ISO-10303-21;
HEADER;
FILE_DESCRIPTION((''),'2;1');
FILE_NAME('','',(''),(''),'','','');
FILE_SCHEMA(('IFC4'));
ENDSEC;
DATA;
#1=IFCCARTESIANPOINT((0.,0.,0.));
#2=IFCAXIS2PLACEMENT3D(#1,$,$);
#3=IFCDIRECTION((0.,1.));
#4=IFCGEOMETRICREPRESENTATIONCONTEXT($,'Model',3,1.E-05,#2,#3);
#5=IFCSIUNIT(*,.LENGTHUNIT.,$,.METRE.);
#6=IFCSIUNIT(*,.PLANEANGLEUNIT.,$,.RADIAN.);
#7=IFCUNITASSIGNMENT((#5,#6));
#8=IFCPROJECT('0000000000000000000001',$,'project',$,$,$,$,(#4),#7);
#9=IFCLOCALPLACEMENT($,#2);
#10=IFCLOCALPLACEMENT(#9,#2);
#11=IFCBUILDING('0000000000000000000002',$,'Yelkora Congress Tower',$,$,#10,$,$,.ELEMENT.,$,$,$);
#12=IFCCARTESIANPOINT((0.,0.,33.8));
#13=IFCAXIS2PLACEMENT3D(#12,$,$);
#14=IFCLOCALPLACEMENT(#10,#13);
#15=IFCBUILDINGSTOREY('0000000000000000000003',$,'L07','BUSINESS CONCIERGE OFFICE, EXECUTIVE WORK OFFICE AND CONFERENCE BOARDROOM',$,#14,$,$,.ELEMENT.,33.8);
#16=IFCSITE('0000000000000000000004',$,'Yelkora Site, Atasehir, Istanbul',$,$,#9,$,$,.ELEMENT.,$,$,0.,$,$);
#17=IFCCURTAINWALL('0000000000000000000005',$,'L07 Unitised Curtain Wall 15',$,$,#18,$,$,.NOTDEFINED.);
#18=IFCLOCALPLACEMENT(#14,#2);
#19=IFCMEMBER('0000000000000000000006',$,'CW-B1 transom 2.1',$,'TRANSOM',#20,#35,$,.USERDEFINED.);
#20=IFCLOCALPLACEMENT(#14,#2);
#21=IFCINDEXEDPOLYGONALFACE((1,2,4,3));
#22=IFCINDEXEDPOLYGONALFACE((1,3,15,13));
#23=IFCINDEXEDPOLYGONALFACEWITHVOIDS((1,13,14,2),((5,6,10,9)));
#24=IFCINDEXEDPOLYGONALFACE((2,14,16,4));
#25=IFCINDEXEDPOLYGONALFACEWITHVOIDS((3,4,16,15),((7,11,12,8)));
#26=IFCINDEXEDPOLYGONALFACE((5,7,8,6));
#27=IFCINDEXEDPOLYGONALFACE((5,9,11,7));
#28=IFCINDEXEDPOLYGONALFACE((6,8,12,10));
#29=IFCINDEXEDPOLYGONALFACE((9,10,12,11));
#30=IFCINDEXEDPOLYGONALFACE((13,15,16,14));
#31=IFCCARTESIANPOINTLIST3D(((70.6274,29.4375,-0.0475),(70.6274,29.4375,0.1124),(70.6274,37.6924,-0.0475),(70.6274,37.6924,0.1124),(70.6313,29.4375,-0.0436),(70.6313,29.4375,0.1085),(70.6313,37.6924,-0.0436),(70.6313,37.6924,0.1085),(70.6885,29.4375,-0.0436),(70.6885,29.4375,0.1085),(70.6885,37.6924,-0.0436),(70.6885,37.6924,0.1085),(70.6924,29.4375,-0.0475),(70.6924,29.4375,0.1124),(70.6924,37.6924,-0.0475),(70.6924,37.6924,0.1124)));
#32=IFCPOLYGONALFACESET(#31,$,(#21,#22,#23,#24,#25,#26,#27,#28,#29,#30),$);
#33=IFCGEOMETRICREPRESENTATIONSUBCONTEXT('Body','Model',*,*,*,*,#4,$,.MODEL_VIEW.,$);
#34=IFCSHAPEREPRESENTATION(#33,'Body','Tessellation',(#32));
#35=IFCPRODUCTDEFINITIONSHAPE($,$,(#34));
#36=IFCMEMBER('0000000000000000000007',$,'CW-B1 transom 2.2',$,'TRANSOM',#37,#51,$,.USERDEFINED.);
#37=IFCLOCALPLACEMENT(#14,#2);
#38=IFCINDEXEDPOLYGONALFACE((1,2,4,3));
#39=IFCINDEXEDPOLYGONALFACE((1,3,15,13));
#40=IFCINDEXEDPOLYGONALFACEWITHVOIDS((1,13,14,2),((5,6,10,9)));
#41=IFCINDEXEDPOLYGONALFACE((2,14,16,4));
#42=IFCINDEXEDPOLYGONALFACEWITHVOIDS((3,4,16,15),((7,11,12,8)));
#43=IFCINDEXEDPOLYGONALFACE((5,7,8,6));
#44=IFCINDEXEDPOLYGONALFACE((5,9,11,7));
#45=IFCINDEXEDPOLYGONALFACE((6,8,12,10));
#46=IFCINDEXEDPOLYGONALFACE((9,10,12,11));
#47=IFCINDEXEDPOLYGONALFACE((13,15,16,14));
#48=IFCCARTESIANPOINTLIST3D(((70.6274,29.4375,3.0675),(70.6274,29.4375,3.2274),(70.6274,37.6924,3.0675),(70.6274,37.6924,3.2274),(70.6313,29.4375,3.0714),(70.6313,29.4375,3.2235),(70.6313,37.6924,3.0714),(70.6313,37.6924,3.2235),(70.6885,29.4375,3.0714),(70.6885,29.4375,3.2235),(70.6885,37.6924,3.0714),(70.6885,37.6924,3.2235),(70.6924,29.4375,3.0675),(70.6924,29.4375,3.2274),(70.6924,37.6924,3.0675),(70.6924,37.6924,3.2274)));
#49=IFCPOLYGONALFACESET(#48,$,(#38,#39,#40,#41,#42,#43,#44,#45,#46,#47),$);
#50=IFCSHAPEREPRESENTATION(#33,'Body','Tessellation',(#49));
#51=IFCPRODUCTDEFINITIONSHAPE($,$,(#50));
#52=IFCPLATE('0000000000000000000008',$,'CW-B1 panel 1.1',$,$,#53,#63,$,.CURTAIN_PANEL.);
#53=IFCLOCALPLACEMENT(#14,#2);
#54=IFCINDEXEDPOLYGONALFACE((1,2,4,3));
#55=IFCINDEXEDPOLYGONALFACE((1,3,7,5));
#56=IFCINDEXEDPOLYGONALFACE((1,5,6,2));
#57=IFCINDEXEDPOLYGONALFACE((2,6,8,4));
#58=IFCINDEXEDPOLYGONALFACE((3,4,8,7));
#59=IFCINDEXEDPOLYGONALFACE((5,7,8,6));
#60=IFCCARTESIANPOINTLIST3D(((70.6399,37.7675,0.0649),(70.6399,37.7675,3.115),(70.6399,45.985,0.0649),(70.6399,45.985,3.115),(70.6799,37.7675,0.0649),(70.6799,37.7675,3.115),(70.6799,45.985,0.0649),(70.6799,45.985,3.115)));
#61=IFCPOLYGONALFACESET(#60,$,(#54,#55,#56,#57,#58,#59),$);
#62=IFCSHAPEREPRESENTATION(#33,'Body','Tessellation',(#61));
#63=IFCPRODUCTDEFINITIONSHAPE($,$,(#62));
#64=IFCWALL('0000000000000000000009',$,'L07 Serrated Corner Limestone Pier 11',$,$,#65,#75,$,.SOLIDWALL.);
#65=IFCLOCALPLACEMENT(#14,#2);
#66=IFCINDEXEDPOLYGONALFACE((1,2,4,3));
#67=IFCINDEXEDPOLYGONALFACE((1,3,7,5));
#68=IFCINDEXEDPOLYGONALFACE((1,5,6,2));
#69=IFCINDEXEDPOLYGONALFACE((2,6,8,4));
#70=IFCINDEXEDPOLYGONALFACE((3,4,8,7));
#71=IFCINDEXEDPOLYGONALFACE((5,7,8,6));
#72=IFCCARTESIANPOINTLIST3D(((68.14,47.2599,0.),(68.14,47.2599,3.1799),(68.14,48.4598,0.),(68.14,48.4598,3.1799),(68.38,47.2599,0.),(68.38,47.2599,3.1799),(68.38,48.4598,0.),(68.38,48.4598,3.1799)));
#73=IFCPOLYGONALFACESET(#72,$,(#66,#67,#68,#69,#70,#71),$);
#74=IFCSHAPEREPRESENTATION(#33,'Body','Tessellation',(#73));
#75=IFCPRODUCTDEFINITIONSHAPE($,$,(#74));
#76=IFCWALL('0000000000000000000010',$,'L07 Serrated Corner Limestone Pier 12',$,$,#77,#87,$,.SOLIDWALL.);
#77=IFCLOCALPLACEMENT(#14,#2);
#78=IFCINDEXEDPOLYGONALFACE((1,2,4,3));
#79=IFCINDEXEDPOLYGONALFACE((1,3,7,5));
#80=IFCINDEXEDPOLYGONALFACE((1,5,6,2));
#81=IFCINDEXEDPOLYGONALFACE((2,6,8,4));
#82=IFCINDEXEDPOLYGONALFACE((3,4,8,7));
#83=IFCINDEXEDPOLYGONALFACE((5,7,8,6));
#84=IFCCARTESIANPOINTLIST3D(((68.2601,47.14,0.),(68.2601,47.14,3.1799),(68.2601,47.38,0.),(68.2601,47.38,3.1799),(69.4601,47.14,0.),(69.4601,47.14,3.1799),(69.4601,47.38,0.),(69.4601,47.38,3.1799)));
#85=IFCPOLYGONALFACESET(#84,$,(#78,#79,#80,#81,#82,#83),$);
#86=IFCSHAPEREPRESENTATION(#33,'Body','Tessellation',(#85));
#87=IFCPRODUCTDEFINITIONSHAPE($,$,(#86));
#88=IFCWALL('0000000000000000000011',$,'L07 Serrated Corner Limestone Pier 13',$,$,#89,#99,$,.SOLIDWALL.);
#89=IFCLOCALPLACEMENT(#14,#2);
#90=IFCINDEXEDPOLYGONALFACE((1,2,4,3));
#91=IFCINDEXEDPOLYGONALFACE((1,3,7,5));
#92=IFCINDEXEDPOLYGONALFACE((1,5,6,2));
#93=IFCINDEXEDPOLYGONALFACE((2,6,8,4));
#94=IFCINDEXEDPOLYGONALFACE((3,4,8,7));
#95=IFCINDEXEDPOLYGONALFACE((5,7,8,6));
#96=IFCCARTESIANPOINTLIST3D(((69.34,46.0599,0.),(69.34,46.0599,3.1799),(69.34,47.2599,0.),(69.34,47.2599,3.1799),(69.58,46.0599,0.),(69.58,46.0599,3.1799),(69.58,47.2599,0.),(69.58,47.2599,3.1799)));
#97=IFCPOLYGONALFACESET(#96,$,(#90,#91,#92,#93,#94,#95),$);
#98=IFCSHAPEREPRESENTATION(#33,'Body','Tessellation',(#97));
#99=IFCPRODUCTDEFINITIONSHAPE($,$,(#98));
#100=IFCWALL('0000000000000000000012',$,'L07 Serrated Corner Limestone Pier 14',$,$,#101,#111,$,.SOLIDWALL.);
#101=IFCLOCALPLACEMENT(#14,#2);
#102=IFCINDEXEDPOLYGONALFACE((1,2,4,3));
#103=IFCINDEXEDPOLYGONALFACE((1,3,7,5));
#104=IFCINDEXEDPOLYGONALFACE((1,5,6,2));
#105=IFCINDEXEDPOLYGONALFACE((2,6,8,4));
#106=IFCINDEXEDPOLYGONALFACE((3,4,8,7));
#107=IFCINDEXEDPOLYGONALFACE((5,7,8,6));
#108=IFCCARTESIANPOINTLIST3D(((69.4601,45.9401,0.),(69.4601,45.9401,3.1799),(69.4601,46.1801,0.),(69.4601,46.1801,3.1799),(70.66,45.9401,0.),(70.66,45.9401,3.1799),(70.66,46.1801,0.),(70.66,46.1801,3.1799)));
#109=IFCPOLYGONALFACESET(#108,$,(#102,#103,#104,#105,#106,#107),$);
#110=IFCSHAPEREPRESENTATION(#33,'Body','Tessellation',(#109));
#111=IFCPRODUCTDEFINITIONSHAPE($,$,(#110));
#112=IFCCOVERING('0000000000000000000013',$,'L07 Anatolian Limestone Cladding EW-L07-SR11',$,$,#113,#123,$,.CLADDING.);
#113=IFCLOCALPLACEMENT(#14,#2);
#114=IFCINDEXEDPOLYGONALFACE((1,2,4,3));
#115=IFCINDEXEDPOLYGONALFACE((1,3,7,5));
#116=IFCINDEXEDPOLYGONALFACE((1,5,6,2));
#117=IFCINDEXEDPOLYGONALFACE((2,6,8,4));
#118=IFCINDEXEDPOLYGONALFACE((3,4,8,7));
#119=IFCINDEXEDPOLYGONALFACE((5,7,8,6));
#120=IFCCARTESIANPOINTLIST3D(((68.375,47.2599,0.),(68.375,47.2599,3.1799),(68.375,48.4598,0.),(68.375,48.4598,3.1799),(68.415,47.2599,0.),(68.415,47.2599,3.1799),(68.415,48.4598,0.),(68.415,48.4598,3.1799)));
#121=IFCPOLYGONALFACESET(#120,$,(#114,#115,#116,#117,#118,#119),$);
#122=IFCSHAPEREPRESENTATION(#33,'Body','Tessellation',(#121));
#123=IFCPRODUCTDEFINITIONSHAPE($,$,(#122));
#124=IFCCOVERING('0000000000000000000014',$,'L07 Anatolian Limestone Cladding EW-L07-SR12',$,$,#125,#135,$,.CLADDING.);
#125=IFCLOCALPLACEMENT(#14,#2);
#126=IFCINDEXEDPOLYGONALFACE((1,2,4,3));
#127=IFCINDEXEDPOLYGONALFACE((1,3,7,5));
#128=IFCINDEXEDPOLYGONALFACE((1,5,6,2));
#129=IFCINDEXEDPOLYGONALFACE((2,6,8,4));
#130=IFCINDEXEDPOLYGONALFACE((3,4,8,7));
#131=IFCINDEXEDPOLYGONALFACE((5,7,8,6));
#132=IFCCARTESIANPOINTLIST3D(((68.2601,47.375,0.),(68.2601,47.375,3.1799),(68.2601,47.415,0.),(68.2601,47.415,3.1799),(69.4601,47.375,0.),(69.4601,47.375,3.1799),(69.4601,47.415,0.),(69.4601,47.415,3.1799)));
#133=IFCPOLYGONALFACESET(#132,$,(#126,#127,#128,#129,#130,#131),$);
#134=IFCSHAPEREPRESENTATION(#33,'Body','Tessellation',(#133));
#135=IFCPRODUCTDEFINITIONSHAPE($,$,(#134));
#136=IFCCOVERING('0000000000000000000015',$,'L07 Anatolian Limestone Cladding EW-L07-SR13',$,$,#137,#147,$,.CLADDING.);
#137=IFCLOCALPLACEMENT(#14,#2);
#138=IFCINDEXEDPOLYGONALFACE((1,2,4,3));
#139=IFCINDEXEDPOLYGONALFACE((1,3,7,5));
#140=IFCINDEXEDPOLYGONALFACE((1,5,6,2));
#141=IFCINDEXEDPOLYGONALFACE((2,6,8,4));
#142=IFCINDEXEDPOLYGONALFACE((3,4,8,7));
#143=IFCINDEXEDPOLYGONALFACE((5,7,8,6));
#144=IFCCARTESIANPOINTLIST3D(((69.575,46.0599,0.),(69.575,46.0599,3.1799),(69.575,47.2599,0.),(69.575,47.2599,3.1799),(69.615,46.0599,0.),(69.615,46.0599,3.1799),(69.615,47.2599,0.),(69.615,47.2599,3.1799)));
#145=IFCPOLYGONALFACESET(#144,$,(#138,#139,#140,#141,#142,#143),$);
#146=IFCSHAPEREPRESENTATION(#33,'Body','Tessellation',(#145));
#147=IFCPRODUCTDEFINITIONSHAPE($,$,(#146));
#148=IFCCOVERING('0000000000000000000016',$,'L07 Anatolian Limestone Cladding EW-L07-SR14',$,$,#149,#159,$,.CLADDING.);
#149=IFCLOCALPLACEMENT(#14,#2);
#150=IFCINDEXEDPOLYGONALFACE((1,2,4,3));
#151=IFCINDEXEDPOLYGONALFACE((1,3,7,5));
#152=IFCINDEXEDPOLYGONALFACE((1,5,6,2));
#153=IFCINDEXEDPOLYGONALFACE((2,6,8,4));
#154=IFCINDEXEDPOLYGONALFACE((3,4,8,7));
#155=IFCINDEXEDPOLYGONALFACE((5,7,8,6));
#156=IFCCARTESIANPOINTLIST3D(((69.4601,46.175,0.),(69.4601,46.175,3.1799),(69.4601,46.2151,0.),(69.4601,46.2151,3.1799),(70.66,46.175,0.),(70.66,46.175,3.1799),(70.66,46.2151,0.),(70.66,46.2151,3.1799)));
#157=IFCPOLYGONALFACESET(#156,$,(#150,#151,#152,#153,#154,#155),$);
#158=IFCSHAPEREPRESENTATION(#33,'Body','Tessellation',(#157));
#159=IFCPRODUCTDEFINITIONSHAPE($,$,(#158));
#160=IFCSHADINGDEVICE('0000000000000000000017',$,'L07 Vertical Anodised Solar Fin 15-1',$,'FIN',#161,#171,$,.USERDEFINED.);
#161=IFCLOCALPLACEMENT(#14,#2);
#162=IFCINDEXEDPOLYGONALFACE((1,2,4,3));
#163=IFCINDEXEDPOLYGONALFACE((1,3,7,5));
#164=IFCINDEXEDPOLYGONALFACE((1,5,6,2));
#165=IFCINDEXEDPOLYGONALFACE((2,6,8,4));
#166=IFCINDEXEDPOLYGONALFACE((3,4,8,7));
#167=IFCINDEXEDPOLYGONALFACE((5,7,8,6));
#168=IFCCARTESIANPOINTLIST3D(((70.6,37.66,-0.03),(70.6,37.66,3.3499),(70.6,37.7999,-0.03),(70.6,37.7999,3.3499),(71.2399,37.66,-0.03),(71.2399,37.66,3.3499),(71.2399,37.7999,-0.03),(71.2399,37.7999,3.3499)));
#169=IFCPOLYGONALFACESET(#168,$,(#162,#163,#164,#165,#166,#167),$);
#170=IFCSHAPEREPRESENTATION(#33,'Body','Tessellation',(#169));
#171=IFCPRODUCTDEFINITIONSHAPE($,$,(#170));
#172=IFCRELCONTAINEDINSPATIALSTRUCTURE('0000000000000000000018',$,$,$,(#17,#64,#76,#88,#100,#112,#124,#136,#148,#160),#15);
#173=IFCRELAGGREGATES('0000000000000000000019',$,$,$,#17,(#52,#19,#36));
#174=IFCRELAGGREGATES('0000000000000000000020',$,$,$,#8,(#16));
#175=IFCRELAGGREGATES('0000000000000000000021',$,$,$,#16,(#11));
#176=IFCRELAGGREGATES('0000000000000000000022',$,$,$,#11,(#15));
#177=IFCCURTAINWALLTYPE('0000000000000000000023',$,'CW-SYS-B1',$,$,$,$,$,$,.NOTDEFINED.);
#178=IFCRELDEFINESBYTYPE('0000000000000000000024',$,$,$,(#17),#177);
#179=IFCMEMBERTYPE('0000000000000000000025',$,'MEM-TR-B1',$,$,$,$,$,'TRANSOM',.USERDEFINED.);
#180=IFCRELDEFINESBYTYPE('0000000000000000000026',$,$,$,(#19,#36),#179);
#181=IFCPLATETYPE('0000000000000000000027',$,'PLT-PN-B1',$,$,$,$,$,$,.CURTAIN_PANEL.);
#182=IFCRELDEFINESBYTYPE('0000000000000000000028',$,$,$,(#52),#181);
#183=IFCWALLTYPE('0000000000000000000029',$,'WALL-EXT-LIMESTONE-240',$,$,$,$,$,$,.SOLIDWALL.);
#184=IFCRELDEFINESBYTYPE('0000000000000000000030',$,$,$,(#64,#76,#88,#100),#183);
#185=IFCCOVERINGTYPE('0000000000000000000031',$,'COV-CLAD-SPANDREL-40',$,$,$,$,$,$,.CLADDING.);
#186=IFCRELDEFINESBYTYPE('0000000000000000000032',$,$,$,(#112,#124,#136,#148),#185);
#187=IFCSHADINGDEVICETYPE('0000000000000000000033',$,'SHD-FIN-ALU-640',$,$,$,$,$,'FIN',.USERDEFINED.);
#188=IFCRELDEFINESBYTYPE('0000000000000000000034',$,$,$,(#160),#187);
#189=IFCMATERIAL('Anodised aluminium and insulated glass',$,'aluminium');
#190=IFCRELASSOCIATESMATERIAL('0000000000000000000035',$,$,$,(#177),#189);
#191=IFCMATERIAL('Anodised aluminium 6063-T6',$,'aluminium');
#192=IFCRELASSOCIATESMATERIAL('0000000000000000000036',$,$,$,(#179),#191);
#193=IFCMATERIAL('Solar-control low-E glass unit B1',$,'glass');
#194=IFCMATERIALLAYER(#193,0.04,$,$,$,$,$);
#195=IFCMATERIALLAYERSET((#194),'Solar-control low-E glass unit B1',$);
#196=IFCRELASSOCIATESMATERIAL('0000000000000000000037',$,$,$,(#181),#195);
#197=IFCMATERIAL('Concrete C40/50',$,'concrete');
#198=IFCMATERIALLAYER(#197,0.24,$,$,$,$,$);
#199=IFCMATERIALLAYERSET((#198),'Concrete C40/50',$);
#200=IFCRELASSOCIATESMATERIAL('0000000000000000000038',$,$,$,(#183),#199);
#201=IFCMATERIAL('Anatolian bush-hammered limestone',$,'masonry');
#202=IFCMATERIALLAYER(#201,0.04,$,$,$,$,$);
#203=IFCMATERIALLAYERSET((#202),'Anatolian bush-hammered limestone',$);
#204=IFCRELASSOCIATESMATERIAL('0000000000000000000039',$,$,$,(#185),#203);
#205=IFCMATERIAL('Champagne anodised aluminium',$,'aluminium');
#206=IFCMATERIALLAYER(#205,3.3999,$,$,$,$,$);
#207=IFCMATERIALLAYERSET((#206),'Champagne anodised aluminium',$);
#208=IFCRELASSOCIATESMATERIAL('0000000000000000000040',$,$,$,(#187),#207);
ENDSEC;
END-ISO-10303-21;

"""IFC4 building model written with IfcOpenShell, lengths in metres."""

from ifc_helpers import new_model, si_unit, direction, frame, frame_2d, origin, origin_2d, place, context, subcontext, project, spatial, rectangle, hollow_rectangle, extrude, material, layer, layer_set, material_profile, profile_set, type_object, element, aggregate, save


model = new_model("IFC4")

# Units and contexts
model_context = context("Model", 3, precision=1e-05, world=origin(), true_north=direction((0.0, 1.0)))
body_context = subcontext(model_context, "Body", "Model", "MODEL_VIEW")
ifc_project = project(units=[si_unit("LENGTHUNIT", "METRE"), si_unit("PLANEANGLEUNIT", "RADIAN")], contexts=[model_context])

# Site, building, storey
site_placement = place(None, origin())
site = spatial("IfcSite", under=ifc_project, at=site_placement, Name="Yelkora Site, Atasehir, Istanbul", CompositionType="ELEMENT", RefElevation=0.0)
building_placement = place(site_placement, origin())
building = spatial("IfcBuilding", under=site, at=building_placement, Name="Yelkora Congress Tower", CompositionType="ELEMENT")
storey_placement = place(building_placement, frame((0.0, 0.0, 33.8)))
storey = spatial("IfcBuildingStorey", under=building, at=storey_placement, Name="L07", Description="BUSINESS CONCIERGE OFFICE, EXECUTIVE WORK OFFICE AND CONFERENCE BOARDROOM", CompositionType="ELEMENT", Elevation=33.8)

# Shared definitions
ifc_material_1 = material(Name="Anodised aluminium and insulated glass", Category="aluminium")
curtain_wall_type = type_object("IfcCurtainWallType", Name="CW-SYS-B1", PredefinedType="NOTDEFINED", material=ifc_material_1)
ifc_material_2 = material(Name="Anodised aluminium 6063-T6", Category="aluminium")

# Curtain wall, members, plate
curtain_wall_1_placement = place(storey_placement, origin())
curtain_wall_1 = element("IfcCurtainWall", 1, at=curtain_wall_1_placement, inside=storey, type_object=curtain_wall_type, Name="L07 Unitised Curtain Wall 15", PredefinedType="NOTDEFINED")
ifc_material_profile_1 = material_profile(ifc_material_2, hollow_rectangle(XDim=0.0649, YDim=0.1599, WallThickness=0.0039, at=origin_2d()), Name="ALU 65x160x4")
ifc_profile_set_1 = profile_set([ifc_material_profile_1], Name="Anodised aluminium 6063-T6")
member_type_1 = type_object("IfcMemberType", Name="MEM-TR-B1", ElementType="TRANSOM", PredefinedType="USERDEFINED", material=ifc_profile_set_1)
member_1_placement = place(storey_placement, frame((70.6599, 37.6924, 0.0325), z_axis=(0.0, -1.0, 0.0), x_axis=(1.0, 0.0, 0.0)))
member_1 = element("IfcMember", 2, at=member_1_placement, type_object=member_type_1, Name="CW-B1 transom 2.1", ObjectType="TRANSOM", PredefinedType="USERDEFINED", context=body_context, shape_type="SweptSolid", body=[
    extrude(hollow_rectangle(XDim=0.0649, YDim=0.1599, WallThickness=0.0039, at=origin_2d()), origin(), (0.0, 0.0, 1.0), 8.2549),
])
member_2_placement = place(storey_placement, frame((70.6599, 37.6924, 3.1475), z_axis=(0.0, -1.0, 0.0), x_axis=(1.0, 0.0, 0.0)))
member_2 = element("IfcMember", 3, at=member_2_placement, type_object=member_type_1, Name="CW-B1 transom 2.2", ObjectType="TRANSOM", PredefinedType="USERDEFINED", context=body_context, shape_type="SweptSolid", body=[
    extrude(hollow_rectangle(XDim=0.0649, YDim=0.1599, WallThickness=0.0039, at=origin_2d()), origin(), (0.0, 0.0, 1.0), 8.2549),
])
ifc_material_3 = material(Name="Solar-control low-E glass unit B1", Category="glass")
ifc_layer_1 = layer(ifc_material_3, 0.04)
ifc_layer_set_1 = layer_set([ifc_layer_1], Name="Solar-control low-E glass unit B1")
plate_type = type_object("IfcPlateType", Name="PLT-PN-B1", PredefinedType="CURTAIN_PANEL", material=ifc_layer_set_1)
plate_placement = place(storey_placement, frame((70.6599, 41.8762, 0.0649), z_axis=(0.0, 0.0, 1.0), x_axis=(0.0, -1.0, 0.0)))
plate = element("IfcPlate", 4, at=plate_placement, type_object=plate_type, Name="CW-B1 panel 1.1", PredefinedType="CURTAIN_PANEL", context=body_context, shape_type="SweptSolid", body=[
    extrude(rectangle(XDim=8.2175, YDim=0.04, at=origin_2d()), origin(), (0.0, 0.0, 1.0), 3.05),
])
aggregate(curtain_wall_1, [plate, member_1, member_2])

# Walls
ifc_material_4 = material(Name="Concrete C40/50", Category="concrete")
ifc_layer_2 = layer(ifc_material_4, 0.24)
ifc_layer_set_2 = layer_set([ifc_layer_2], Name="Concrete C40/50")
wall_type = type_object("IfcWallType", Name="WALL-EXT-LIMESTONE-240", PredefinedType="SOLIDWALL", material=ifc_layer_set_2)
for number, where, z_axis, x_axis, name in (
    (5, (68.26, 48.46, 0.0), (0.0, 0.0, 1.0), (0.0, -1.0, 0.0), "L07 Serrated Corner Limestone Pier 11"),
    (6, (68.26, 47.26, 0.0), (0.0, 0.0, 1.0), (1.0, 0.0, 0.0), "L07 Serrated Corner Limestone Pier 12"),
    (7, (69.46, 47.26, 0.0), (0.0, 0.0, 1.0), (0.0, -1.0, 0.0), "L07 Serrated Corner Limestone Pier 13"),
    (8, (69.46, 46.0601, 0.0), (0.0, 0.0, 1.0), (1.0, 0.0, 0.0), "L07 Serrated Corner Limestone Pier 14"),
):
    element("IfcWall", number, at=place(storey_placement, frame(where, z_axis=z_axis, x_axis=x_axis)), inside=storey, type_object=wall_type, Name=name, PredefinedType="SOLIDWALL", context=body_context, shape_type="SweptSolid", body=[
        extrude(rectangle(XDim=1.2, YDim=0.24, at=frame_2d((0.6001, 0.0))), origin(), (0.0, 0.0, 1.0), 3.1799),
    ])

# Coverings
ifc_material_5 = material(Name="Anatolian bush-hammered limestone", Category="masonry")
ifc_layer_3 = layer(ifc_material_5, 0.04)
ifc_layer_set_3 = layer_set([ifc_layer_3], Name="Anatolian bush-hammered limestone")
covering_type = type_object("IfcCoveringType", Name="COV-CLAD-SPANDREL-40", PredefinedType="CLADDING", material=ifc_layer_set_3)
for number, where, z_axis, x_axis, name in (
    (9, (68.395, 48.46, 0.0), (0.0, 0.0, 1.0), (0.0, -1.0, 0.0), "L07 Anatolian Limestone Cladding EW-L07-SR11"),
    (10, (68.26, 47.395, 0.0), (0.0, 0.0, 1.0), (1.0, 0.0, 0.0), "L07 Anatolian Limestone Cladding EW-L07-SR12"),
    (11, (69.595, 47.26, 0.0), (0.0, 0.0, 1.0), (0.0, -1.0, 0.0), "L07 Anatolian Limestone Cladding EW-L07-SR13"),
    (12, (69.46, 46.1951, 0.0), (0.0, 0.0, 1.0), (1.0, 0.0, 0.0), "L07 Anatolian Limestone Cladding EW-L07-SR14"),
):
    element("IfcCovering", number, at=place(storey_placement, frame(where, z_axis=z_axis, x_axis=x_axis)), inside=storey, type_object=covering_type, Name=name, PredefinedType="CLADDING", context=body_context, shape_type="SweptSolid", body=[
        extrude(rectangle(XDim=1.2, YDim=0.04, at=frame_2d((0.6001, 0.0))), origin(), (0.0, 0.0, 1.0), 3.1799),
    ])

# Shading device
ifc_material_6 = material(Name="Champagne anodised aluminium", Category="aluminium")
ifc_layer_4 = layer(ifc_material_6, 3.3999)
ifc_layer_set_4 = layer_set([ifc_layer_4], Name="Champagne anodised aluminium")
shading_device_type = type_object("IfcShadingDeviceType", Name="SHD-FIN-ALU-640", ElementType="FIN", PredefinedType="USERDEFINED", material=ifc_layer_set_4)
shading_device_placement = place(storey_placement, frame((70.9199, 37.73, -0.03), z_axis=(0.0, 0.0, 1.0), x_axis=(0.0, -1.0, 0.0)))
element("IfcShadingDevice", 13, at=shading_device_placement, inside=storey, type_object=shading_device_type, Name="L07 Vertical Anodised Solar Fin 15-1", ObjectType="FIN", PredefinedType="USERDEFINED", context=body_context, shape_type="SweptSolid", body=[
    extrude(rectangle(XDim=0.1399, YDim=0.6399, at=origin_2d()), origin(), (0.0, 0.0, 1.0), 3.3799),
])

save(model, "model.ifc")
